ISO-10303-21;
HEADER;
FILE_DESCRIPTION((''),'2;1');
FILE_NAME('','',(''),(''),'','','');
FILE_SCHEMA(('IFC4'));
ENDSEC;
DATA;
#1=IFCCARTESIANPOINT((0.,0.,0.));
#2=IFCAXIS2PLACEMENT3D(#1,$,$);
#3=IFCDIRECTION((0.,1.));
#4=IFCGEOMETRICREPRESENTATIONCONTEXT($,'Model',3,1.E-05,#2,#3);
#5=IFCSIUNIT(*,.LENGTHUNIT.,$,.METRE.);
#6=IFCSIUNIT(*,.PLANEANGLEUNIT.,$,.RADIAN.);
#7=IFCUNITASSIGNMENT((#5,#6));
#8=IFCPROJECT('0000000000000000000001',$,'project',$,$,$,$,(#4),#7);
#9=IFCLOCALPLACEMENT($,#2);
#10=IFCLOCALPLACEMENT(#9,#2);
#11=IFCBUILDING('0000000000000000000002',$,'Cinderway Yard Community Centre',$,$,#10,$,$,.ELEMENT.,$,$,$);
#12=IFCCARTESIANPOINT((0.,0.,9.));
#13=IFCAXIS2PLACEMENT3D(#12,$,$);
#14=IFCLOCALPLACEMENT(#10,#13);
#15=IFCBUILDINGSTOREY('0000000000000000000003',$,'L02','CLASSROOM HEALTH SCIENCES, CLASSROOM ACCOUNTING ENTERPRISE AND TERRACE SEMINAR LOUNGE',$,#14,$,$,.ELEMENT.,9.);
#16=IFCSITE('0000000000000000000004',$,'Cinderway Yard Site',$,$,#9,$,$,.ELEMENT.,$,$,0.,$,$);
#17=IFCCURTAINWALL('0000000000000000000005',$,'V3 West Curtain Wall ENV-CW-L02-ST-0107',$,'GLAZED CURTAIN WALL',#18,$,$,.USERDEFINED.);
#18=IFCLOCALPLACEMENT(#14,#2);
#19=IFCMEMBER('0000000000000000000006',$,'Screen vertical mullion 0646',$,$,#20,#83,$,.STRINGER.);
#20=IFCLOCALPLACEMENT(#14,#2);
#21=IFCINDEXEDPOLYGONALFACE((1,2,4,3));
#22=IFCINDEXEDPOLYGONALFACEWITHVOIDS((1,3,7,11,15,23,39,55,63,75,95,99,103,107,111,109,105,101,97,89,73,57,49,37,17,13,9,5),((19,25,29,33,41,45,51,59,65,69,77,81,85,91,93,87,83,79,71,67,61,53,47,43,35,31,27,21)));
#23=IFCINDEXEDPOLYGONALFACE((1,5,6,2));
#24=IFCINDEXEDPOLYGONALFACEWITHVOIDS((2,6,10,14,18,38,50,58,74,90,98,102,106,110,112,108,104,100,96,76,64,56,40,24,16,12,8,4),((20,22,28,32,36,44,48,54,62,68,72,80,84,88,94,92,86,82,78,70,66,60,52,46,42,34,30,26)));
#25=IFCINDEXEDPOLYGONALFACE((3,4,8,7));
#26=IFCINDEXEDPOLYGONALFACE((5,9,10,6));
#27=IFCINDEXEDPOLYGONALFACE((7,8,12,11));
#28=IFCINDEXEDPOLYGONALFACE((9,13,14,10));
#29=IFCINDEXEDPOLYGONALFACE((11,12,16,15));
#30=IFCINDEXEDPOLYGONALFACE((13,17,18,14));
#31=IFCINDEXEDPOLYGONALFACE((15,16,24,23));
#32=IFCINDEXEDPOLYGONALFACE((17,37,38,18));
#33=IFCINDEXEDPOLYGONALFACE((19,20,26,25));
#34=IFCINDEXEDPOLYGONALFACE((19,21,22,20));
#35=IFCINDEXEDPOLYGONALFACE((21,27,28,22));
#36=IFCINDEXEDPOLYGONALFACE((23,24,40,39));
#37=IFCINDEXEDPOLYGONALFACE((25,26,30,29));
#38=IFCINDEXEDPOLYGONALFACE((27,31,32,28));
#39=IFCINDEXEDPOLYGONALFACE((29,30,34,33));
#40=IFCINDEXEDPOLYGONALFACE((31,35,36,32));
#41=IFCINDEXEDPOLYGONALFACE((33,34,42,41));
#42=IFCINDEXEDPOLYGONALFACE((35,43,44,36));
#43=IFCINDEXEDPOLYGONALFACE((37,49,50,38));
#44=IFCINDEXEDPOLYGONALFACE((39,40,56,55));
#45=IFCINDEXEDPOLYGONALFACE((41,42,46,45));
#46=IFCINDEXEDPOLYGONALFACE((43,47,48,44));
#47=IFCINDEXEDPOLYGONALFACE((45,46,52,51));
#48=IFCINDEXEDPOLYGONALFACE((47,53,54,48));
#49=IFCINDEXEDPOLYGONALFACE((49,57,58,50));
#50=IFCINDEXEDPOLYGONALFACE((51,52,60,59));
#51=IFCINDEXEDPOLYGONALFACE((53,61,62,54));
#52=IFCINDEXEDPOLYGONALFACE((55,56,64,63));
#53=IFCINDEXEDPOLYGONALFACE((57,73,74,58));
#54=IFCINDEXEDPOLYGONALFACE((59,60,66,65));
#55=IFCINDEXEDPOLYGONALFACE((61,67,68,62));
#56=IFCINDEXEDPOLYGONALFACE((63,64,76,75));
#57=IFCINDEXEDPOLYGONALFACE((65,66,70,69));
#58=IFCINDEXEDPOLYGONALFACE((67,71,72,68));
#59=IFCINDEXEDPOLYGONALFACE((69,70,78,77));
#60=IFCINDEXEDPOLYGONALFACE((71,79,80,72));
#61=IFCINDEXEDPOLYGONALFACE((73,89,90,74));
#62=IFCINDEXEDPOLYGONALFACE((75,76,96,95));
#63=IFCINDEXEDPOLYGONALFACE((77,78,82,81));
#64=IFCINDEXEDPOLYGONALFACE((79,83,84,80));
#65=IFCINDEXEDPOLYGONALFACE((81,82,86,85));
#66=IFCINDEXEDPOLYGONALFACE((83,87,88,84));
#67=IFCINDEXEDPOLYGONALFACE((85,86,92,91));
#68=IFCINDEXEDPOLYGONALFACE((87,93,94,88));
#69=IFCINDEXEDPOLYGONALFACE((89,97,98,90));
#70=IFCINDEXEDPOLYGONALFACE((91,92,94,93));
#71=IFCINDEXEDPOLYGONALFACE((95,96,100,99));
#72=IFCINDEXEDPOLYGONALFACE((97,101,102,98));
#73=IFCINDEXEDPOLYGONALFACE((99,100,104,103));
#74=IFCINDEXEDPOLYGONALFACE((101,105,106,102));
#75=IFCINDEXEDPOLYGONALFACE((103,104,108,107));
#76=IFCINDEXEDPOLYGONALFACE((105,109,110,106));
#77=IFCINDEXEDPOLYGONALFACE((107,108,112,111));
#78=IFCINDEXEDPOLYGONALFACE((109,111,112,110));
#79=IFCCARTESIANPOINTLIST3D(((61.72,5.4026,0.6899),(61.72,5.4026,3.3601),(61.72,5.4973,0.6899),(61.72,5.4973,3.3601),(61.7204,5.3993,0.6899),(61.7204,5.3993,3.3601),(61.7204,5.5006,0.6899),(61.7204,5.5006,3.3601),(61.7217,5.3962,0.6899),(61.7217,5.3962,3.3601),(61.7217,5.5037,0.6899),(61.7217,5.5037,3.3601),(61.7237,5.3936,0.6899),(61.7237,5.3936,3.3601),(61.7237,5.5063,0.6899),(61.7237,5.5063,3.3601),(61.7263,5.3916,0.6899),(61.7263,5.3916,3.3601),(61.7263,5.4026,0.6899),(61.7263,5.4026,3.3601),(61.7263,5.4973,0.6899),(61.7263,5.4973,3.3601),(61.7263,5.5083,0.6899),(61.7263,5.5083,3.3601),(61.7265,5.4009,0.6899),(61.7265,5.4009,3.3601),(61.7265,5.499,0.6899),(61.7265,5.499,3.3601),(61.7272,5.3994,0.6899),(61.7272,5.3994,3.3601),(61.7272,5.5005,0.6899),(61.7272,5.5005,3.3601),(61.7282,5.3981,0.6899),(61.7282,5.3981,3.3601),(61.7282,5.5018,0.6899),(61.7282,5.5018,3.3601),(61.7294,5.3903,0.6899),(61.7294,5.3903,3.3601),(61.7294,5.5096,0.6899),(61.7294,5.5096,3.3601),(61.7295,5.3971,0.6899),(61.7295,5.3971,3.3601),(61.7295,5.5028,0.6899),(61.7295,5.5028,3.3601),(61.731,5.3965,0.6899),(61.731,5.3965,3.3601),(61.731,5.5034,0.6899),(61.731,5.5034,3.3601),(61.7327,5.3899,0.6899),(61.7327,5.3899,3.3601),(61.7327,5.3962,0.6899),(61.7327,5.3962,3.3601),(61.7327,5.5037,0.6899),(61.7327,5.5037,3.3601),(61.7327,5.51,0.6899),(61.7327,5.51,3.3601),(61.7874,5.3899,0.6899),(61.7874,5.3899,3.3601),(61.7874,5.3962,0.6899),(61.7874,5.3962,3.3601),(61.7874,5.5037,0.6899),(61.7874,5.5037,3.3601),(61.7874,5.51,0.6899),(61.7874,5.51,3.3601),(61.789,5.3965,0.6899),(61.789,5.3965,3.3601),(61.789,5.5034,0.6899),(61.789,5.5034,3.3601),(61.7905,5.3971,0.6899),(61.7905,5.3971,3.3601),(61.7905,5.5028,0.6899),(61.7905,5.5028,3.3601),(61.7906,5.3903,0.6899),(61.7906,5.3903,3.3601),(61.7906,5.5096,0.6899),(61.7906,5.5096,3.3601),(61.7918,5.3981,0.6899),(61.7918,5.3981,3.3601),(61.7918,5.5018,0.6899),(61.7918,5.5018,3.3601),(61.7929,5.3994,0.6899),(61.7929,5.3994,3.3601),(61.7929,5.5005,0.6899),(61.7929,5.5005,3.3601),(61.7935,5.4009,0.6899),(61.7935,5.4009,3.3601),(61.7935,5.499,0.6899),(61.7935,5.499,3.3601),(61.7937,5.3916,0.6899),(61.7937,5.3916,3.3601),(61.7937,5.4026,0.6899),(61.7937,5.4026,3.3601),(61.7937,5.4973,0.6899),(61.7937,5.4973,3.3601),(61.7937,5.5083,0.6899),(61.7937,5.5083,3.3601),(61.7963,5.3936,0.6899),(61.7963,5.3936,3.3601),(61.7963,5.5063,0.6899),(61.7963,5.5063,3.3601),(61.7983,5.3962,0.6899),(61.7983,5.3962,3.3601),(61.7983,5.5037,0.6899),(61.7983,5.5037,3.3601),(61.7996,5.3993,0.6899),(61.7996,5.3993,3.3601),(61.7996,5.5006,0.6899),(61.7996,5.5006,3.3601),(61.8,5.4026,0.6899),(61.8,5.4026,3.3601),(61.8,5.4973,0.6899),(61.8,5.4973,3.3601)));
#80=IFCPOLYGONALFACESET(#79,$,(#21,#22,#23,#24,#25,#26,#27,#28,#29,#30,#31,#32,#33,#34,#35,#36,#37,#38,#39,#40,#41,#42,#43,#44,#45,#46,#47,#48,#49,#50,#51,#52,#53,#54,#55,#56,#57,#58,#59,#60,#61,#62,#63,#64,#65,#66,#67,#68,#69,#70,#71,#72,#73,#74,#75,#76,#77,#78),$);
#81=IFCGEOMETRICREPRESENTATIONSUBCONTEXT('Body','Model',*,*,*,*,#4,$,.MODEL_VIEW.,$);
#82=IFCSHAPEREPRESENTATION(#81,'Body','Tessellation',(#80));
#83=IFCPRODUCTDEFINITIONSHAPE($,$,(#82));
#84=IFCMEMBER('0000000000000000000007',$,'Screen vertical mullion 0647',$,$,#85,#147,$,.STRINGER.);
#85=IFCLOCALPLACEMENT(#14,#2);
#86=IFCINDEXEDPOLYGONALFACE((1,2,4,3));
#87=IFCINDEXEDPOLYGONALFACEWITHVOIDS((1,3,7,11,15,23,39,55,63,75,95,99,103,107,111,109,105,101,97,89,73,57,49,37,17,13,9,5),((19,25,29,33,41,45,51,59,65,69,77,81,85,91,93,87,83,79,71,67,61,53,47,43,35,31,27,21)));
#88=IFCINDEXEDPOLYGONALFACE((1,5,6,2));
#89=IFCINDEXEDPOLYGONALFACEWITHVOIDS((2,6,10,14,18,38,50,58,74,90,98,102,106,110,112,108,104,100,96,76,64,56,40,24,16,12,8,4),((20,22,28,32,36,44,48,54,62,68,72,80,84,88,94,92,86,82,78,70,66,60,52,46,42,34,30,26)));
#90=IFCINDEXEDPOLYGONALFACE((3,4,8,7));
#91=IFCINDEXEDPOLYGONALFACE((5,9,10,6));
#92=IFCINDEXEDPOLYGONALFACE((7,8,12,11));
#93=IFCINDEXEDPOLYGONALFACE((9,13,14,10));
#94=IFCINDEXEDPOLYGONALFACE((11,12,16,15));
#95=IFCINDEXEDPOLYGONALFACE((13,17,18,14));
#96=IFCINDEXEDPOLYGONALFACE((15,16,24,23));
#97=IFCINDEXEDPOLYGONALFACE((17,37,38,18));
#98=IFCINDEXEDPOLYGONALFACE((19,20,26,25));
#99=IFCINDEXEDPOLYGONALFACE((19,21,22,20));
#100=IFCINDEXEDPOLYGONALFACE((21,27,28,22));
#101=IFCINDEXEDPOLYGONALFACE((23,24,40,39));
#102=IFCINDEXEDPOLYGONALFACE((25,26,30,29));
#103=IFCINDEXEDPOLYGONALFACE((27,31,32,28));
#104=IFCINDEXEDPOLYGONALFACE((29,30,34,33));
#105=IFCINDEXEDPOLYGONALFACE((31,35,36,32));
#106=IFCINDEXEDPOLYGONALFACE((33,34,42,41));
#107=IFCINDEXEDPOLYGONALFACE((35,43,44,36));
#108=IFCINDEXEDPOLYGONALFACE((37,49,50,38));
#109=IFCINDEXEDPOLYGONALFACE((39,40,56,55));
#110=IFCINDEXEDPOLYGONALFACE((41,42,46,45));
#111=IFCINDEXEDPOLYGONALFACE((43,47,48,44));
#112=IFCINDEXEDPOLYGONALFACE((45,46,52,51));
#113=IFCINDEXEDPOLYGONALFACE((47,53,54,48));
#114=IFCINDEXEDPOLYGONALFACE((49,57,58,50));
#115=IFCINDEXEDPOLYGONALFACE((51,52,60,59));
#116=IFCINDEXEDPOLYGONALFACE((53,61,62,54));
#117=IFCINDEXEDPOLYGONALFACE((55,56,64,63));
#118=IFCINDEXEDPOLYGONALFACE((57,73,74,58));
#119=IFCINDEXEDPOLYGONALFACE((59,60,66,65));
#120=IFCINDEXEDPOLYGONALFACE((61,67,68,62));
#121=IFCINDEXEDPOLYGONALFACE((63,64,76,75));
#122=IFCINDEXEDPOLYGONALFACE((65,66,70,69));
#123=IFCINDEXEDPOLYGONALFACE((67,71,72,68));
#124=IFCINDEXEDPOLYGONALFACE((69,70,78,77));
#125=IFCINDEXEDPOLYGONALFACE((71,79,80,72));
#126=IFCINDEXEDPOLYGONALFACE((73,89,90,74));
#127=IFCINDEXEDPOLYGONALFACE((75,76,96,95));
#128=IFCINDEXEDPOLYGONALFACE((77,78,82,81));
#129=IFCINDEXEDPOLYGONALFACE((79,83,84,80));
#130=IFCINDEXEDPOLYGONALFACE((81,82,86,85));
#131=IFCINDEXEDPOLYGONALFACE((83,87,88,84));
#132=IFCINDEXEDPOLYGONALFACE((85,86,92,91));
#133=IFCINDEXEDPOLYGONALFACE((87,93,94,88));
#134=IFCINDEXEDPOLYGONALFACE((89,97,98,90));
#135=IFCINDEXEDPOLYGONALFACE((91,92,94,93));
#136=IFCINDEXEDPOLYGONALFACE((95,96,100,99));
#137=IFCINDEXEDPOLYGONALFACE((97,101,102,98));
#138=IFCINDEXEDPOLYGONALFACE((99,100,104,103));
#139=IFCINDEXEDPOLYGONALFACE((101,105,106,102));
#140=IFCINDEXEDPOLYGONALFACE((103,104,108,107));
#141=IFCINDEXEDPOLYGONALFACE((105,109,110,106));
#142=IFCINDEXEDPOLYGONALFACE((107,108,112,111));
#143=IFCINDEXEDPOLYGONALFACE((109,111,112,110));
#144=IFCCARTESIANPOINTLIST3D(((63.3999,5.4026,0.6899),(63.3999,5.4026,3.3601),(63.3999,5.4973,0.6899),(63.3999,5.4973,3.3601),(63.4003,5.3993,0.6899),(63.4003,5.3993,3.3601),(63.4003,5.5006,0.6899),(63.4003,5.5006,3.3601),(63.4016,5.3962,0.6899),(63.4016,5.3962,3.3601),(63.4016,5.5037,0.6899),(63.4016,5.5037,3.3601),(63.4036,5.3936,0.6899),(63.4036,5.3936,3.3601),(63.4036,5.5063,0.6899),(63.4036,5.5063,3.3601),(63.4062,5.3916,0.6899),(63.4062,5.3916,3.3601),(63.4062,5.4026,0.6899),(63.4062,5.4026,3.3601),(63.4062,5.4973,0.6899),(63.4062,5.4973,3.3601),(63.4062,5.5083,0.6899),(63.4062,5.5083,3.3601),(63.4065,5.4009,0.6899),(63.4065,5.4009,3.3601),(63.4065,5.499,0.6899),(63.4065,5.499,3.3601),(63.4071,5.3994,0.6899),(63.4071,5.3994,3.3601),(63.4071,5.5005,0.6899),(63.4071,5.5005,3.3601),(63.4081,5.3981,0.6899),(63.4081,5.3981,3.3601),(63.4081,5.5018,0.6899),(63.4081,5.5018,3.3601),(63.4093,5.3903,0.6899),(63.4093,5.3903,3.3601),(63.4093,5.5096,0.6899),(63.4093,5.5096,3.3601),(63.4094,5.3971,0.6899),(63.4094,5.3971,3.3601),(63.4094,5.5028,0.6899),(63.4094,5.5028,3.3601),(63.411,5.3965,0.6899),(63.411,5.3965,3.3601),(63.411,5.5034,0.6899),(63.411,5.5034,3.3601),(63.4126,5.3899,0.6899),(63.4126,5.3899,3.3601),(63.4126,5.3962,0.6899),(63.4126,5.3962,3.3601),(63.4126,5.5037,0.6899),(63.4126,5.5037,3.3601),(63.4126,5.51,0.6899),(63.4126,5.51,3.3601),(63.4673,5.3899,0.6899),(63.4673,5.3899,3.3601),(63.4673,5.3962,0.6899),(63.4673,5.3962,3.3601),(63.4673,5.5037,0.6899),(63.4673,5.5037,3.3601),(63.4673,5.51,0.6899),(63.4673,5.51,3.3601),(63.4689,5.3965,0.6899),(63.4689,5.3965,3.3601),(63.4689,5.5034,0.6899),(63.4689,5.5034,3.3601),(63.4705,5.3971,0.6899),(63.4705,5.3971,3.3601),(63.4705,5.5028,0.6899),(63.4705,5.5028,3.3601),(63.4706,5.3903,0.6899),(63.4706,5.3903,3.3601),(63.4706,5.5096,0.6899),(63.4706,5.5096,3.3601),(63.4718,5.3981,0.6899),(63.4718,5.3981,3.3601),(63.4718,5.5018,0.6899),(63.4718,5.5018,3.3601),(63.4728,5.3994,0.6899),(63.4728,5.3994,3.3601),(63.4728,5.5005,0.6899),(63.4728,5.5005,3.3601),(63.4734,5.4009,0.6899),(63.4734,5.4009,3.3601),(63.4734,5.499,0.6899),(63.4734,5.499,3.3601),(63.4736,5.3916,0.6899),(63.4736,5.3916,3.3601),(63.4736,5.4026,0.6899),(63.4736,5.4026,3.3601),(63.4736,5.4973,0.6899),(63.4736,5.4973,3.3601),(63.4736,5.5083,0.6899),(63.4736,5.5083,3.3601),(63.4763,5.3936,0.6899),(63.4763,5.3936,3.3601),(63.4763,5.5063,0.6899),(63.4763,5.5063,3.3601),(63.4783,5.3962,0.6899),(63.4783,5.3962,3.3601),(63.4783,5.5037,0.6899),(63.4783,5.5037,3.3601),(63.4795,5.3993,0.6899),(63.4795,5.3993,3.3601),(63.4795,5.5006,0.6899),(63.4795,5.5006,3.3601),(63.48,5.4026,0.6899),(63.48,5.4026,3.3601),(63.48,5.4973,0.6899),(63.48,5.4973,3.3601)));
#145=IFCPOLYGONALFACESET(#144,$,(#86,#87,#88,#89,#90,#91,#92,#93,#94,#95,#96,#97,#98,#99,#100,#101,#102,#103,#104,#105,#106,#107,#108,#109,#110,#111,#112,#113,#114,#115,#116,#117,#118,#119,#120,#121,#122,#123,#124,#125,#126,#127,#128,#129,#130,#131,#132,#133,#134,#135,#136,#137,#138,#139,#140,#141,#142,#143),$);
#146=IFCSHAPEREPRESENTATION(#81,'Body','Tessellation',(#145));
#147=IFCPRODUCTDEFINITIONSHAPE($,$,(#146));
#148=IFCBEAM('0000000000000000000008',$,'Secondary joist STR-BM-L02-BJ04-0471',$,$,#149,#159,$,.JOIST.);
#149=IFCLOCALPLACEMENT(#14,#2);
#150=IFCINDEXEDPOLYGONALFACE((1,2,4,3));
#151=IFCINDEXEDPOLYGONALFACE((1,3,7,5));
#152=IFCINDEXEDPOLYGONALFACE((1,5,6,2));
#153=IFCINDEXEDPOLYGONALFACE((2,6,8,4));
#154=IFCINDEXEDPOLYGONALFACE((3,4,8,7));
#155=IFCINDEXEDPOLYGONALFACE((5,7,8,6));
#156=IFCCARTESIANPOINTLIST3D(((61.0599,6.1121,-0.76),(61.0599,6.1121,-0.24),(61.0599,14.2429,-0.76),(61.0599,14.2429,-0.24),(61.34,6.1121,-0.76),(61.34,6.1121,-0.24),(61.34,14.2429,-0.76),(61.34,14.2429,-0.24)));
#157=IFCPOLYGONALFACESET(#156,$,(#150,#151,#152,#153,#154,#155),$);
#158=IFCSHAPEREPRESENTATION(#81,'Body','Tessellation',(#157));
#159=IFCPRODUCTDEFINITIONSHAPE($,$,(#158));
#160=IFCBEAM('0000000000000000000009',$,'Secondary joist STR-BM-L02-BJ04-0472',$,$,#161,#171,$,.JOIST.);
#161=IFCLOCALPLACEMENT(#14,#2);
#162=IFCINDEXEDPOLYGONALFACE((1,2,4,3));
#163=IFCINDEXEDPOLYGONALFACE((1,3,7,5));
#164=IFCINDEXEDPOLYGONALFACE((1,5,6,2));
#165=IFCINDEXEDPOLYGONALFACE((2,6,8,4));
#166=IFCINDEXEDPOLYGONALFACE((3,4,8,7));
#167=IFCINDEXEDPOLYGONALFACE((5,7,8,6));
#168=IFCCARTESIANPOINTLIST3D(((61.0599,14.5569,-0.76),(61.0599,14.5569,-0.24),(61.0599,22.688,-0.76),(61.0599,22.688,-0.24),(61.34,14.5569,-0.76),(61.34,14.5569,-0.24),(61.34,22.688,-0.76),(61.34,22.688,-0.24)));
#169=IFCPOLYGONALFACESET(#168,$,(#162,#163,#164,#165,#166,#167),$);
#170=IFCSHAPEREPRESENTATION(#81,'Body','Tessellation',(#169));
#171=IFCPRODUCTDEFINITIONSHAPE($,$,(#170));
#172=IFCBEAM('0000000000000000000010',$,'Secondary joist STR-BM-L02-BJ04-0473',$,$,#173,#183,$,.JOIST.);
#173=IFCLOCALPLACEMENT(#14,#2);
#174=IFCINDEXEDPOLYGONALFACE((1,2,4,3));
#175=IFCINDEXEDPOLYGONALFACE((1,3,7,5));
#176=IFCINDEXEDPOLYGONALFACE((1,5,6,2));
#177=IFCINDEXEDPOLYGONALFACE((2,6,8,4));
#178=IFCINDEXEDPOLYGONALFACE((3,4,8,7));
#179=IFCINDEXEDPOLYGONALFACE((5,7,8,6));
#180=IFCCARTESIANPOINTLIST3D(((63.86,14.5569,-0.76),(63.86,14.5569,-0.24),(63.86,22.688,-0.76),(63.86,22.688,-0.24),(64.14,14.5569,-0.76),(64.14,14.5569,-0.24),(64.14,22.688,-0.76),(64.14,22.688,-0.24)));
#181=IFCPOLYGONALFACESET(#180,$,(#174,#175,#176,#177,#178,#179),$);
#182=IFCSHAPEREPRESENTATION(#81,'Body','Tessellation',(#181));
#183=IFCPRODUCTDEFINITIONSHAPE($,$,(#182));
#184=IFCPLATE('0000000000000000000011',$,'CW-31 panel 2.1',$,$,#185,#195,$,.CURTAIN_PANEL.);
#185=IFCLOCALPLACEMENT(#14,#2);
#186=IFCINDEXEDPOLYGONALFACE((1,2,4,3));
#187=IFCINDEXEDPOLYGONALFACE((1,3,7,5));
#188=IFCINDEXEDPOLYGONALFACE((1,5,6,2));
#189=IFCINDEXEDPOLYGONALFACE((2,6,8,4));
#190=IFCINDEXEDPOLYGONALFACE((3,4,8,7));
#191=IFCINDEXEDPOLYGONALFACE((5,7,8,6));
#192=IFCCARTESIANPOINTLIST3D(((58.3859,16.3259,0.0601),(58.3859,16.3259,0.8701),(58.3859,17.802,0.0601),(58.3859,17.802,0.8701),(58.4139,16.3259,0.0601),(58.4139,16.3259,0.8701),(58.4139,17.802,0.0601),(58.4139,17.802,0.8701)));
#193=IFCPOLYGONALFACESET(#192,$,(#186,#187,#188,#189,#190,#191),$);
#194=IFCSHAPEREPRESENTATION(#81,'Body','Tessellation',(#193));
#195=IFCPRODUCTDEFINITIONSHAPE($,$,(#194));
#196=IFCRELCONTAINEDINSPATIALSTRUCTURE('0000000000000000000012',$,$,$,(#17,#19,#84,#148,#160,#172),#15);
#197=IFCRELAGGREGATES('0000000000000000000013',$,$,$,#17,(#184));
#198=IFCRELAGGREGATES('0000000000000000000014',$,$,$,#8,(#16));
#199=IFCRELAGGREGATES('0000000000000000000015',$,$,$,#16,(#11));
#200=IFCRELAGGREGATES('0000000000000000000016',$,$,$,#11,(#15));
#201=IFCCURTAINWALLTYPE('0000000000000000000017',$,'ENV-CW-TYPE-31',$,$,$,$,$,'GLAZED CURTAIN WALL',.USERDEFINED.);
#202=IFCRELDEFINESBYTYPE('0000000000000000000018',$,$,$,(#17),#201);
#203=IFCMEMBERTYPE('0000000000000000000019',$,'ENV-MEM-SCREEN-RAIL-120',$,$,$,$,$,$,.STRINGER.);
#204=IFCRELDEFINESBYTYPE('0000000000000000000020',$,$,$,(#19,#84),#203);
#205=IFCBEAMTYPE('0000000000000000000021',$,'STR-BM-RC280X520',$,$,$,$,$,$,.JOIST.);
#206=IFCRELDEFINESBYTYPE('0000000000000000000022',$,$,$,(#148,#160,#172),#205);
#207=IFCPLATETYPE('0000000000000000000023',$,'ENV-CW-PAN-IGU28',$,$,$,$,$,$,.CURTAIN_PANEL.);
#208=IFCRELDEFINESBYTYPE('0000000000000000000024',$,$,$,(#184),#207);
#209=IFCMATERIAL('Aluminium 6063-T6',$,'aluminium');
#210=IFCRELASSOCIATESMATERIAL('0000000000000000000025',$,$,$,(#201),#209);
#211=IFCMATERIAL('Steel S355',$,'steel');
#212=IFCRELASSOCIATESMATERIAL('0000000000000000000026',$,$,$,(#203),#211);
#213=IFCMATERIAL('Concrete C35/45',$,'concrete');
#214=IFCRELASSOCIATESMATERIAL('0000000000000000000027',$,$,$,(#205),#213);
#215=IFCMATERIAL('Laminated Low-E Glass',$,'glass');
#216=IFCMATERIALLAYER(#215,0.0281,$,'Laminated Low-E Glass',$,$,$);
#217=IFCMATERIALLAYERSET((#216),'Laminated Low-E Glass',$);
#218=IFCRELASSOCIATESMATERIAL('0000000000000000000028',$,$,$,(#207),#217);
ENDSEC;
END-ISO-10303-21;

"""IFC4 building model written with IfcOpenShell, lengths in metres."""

from ifc_helpers import new_model, si_unit, direction, frame, origin, origin_2d, place, context, subcontext, project, spatial, rectangle, hollow_rectangle, extrude, material, layer, layer_set, material_profile, profile_set, type_object, element, aggregate, save


model = new_model("IFC4")

# Units and contexts
model_context = context("Model", 3, precision=1e-05, world=origin(), true_north=direction((0.0, 1.0)))
body_context = subcontext(model_context, "Body", "Model", "MODEL_VIEW")
ifc_project = project(units=[si_unit("LENGTHUNIT", "METRE"), si_unit("PLANEANGLEUNIT", "RADIAN")], contexts=[model_context])

# Site, building, storey
site_placement = place(None, origin())
site = spatial("IfcSite", under=ifc_project, at=site_placement, Name="Cinderway Yard Site", CompositionType="ELEMENT", RefElevation=0.0)
building_placement = place(site_placement, origin())
building = spatial("IfcBuilding", under=site, at=building_placement, Name="Cinderway Yard Community Centre", CompositionType="ELEMENT")
storey_placement = place(building_placement, frame((0.0, 0.0, 9.0)))
storey = spatial("IfcBuildingStorey", under=building, at=storey_placement, Name="L02", Description="CLASSROOM HEALTH SCIENCES, CLASSROOM ACCOUNTING ENTERPRISE AND TERRACE SEMINAR LOUNGE", CompositionType="ELEMENT", Elevation=9.0)

# Curtain wall
ifc_material_1 = material(Name="Aluminium 6063-T6", Category="aluminium")
curtain_wall_type = type_object("IfcCurtainWallType", Name="ENV-CW-TYPE-31", ElementType="GLAZED CURTAIN WALL", PredefinedType="USERDEFINED", material=ifc_material_1)
curtain_wall_placement = place(storey_placement, origin())
curtain_wall = element("IfcCurtainWall", 1, at=curtain_wall_placement, inside=storey, type_object=curtain_wall_type, Name="V3 West Curtain Wall ENV-CW-L02-ST-0107", ObjectType="GLAZED CURTAIN WALL", PredefinedType="USERDEFINED")

# Members
ifc_material_2 = material(Name="Steel S355", Category="steel")
ifc_material_profile_1 = material_profile(ifc_material_2, hollow_rectangle(XDim=0.0801, YDim=0.1201, WallThickness=0.0063, InnerFilletRadius=0.0063, OuterFilletRadius=0.0127, at=origin_2d()), Name="Steel S355")
ifc_profile_set_1 = profile_set([ifc_material_profile_1], Name="Steel S355")
member_type_1 = type_object("IfcMemberType", Name="ENV-MEM-SCREEN-RAIL-120", PredefinedType="STRINGER", material=ifc_profile_set_1)
for number, where, z_axis, x_axis, name in (
    (2, (61.76, 5.45, 0.6899), (0.0, 0.0, 1.0), (1.0, 0.0, 0.0), "Screen vertical mullion 0646"),
    (3, (63.4399, 5.45, 0.6899), (0.0, 0.0, 1.0), (1.0, 0.0, 0.0), "Screen vertical mullion 0647"),
):
    element("IfcMember", number, at=place(storey_placement, frame(where, z_axis=z_axis, x_axis=x_axis)), inside=storey, type_object=member_type_1, Name=name, PredefinedType="STRINGER", context=body_context, shape_type="SweptSolid", body=[
        extrude(hollow_rectangle(XDim=0.0801, YDim=0.1201, WallThickness=0.0063, InnerFilletRadius=0.0063, OuterFilletRadius=0.0127, at=origin_2d()), origin(), (0.0, 0.0, 1.0), 2.6702),
    ])

# Beams
ifc_material_3 = material(Name="Concrete C35/45", Category="concrete")
ifc_material_profile_2 = material_profile(ifc_material_3, rectangle(XDim=0.28, YDim=0.52, at=origin_2d()), Name="Concrete C35/45")
ifc_profile_set_2 = profile_set([ifc_material_profile_2], Name="Concrete C35/45")
beam_type = type_object("IfcBeamType", Name="STR-BM-RC280X520", PredefinedType="JOIST", material=ifc_profile_set_2)
beam_placement = place(storey_placement, frame((61.2, 6.1121, -0.5), z_axis=(0.0, 1.0, 0.0), x_axis=(-1.0, 0.0, 0.0)))
element("IfcBeam", 4, at=beam_placement, inside=storey, type_object=beam_type, Name="Secondary joist STR-BM-L02-BJ04-0471", PredefinedType="JOIST", context=body_context, shape_type="SweptSolid", body=[
    extrude(rectangle(XDim=0.28, YDim=0.52, at=origin_2d()), origin(), (0.0, 0.0, 1.0), 8.1309),
])
for number, where, z_axis, x_axis, name in (
    (5, (61.2, 14.5569, -0.5), (0.0, 1.0, 0.0), (-1.0, 0.0, 0.0), "Secondary joist STR-BM-L02-BJ04-0472"),
    (6, (64.0, 14.5569, -0.5), (0.0, 1.0, 0.0), (-1.0, 0.0, 0.0), "Secondary joist STR-BM-L02-BJ04-0473"),
):
    element("IfcBeam", number, at=place(storey_placement, frame(where, z_axis=z_axis, x_axis=x_axis)), inside=storey, type_object=beam_type, Name=name, PredefinedType="JOIST", context=body_context, shape_type="SweptSolid", body=[
        extrude(rectangle(XDim=0.28, YDim=0.52, at=origin_2d()), origin(), (0.0, 0.0, 1.0), 8.1311),
    ])

# Plate
ifc_material_4 = material(Name="Laminated Low-E Glass", Category="glass")
ifc_layer_1 = layer(ifc_material_4, 0.0281, Name="Laminated Low-E Glass")
ifc_layer_set_1 = layer_set([ifc_layer_1], Name="Laminated Low-E Glass")
plate_type_1 = type_object("IfcPlateType", Name="ENV-CW-PAN-IGU28", PredefinedType="CURTAIN_PANEL", material=ifc_layer_set_1)
plate_1_placement = place(storey_placement, frame((58.3999, 17.064, 0.0601), z_axis=(0.0, 0.0, 1.0), x_axis=(0.0, 1.0, 0.0)))
plate_1 = element("IfcPlate", 7, at=plate_1_placement, type_object=plate_type_1, Name="CW-31 panel 2.1", PredefinedType="CURTAIN_PANEL", context=body_context, shape_type="SweptSolid", body=[
    extrude(rectangle(XDim=1.4761, YDim=0.0281, at=origin_2d()), origin(), (0.0, 0.0, 1.0), 0.8101),
])
aggregate(curtain_wall, [plate_1])

save(model, "model.ifc")
